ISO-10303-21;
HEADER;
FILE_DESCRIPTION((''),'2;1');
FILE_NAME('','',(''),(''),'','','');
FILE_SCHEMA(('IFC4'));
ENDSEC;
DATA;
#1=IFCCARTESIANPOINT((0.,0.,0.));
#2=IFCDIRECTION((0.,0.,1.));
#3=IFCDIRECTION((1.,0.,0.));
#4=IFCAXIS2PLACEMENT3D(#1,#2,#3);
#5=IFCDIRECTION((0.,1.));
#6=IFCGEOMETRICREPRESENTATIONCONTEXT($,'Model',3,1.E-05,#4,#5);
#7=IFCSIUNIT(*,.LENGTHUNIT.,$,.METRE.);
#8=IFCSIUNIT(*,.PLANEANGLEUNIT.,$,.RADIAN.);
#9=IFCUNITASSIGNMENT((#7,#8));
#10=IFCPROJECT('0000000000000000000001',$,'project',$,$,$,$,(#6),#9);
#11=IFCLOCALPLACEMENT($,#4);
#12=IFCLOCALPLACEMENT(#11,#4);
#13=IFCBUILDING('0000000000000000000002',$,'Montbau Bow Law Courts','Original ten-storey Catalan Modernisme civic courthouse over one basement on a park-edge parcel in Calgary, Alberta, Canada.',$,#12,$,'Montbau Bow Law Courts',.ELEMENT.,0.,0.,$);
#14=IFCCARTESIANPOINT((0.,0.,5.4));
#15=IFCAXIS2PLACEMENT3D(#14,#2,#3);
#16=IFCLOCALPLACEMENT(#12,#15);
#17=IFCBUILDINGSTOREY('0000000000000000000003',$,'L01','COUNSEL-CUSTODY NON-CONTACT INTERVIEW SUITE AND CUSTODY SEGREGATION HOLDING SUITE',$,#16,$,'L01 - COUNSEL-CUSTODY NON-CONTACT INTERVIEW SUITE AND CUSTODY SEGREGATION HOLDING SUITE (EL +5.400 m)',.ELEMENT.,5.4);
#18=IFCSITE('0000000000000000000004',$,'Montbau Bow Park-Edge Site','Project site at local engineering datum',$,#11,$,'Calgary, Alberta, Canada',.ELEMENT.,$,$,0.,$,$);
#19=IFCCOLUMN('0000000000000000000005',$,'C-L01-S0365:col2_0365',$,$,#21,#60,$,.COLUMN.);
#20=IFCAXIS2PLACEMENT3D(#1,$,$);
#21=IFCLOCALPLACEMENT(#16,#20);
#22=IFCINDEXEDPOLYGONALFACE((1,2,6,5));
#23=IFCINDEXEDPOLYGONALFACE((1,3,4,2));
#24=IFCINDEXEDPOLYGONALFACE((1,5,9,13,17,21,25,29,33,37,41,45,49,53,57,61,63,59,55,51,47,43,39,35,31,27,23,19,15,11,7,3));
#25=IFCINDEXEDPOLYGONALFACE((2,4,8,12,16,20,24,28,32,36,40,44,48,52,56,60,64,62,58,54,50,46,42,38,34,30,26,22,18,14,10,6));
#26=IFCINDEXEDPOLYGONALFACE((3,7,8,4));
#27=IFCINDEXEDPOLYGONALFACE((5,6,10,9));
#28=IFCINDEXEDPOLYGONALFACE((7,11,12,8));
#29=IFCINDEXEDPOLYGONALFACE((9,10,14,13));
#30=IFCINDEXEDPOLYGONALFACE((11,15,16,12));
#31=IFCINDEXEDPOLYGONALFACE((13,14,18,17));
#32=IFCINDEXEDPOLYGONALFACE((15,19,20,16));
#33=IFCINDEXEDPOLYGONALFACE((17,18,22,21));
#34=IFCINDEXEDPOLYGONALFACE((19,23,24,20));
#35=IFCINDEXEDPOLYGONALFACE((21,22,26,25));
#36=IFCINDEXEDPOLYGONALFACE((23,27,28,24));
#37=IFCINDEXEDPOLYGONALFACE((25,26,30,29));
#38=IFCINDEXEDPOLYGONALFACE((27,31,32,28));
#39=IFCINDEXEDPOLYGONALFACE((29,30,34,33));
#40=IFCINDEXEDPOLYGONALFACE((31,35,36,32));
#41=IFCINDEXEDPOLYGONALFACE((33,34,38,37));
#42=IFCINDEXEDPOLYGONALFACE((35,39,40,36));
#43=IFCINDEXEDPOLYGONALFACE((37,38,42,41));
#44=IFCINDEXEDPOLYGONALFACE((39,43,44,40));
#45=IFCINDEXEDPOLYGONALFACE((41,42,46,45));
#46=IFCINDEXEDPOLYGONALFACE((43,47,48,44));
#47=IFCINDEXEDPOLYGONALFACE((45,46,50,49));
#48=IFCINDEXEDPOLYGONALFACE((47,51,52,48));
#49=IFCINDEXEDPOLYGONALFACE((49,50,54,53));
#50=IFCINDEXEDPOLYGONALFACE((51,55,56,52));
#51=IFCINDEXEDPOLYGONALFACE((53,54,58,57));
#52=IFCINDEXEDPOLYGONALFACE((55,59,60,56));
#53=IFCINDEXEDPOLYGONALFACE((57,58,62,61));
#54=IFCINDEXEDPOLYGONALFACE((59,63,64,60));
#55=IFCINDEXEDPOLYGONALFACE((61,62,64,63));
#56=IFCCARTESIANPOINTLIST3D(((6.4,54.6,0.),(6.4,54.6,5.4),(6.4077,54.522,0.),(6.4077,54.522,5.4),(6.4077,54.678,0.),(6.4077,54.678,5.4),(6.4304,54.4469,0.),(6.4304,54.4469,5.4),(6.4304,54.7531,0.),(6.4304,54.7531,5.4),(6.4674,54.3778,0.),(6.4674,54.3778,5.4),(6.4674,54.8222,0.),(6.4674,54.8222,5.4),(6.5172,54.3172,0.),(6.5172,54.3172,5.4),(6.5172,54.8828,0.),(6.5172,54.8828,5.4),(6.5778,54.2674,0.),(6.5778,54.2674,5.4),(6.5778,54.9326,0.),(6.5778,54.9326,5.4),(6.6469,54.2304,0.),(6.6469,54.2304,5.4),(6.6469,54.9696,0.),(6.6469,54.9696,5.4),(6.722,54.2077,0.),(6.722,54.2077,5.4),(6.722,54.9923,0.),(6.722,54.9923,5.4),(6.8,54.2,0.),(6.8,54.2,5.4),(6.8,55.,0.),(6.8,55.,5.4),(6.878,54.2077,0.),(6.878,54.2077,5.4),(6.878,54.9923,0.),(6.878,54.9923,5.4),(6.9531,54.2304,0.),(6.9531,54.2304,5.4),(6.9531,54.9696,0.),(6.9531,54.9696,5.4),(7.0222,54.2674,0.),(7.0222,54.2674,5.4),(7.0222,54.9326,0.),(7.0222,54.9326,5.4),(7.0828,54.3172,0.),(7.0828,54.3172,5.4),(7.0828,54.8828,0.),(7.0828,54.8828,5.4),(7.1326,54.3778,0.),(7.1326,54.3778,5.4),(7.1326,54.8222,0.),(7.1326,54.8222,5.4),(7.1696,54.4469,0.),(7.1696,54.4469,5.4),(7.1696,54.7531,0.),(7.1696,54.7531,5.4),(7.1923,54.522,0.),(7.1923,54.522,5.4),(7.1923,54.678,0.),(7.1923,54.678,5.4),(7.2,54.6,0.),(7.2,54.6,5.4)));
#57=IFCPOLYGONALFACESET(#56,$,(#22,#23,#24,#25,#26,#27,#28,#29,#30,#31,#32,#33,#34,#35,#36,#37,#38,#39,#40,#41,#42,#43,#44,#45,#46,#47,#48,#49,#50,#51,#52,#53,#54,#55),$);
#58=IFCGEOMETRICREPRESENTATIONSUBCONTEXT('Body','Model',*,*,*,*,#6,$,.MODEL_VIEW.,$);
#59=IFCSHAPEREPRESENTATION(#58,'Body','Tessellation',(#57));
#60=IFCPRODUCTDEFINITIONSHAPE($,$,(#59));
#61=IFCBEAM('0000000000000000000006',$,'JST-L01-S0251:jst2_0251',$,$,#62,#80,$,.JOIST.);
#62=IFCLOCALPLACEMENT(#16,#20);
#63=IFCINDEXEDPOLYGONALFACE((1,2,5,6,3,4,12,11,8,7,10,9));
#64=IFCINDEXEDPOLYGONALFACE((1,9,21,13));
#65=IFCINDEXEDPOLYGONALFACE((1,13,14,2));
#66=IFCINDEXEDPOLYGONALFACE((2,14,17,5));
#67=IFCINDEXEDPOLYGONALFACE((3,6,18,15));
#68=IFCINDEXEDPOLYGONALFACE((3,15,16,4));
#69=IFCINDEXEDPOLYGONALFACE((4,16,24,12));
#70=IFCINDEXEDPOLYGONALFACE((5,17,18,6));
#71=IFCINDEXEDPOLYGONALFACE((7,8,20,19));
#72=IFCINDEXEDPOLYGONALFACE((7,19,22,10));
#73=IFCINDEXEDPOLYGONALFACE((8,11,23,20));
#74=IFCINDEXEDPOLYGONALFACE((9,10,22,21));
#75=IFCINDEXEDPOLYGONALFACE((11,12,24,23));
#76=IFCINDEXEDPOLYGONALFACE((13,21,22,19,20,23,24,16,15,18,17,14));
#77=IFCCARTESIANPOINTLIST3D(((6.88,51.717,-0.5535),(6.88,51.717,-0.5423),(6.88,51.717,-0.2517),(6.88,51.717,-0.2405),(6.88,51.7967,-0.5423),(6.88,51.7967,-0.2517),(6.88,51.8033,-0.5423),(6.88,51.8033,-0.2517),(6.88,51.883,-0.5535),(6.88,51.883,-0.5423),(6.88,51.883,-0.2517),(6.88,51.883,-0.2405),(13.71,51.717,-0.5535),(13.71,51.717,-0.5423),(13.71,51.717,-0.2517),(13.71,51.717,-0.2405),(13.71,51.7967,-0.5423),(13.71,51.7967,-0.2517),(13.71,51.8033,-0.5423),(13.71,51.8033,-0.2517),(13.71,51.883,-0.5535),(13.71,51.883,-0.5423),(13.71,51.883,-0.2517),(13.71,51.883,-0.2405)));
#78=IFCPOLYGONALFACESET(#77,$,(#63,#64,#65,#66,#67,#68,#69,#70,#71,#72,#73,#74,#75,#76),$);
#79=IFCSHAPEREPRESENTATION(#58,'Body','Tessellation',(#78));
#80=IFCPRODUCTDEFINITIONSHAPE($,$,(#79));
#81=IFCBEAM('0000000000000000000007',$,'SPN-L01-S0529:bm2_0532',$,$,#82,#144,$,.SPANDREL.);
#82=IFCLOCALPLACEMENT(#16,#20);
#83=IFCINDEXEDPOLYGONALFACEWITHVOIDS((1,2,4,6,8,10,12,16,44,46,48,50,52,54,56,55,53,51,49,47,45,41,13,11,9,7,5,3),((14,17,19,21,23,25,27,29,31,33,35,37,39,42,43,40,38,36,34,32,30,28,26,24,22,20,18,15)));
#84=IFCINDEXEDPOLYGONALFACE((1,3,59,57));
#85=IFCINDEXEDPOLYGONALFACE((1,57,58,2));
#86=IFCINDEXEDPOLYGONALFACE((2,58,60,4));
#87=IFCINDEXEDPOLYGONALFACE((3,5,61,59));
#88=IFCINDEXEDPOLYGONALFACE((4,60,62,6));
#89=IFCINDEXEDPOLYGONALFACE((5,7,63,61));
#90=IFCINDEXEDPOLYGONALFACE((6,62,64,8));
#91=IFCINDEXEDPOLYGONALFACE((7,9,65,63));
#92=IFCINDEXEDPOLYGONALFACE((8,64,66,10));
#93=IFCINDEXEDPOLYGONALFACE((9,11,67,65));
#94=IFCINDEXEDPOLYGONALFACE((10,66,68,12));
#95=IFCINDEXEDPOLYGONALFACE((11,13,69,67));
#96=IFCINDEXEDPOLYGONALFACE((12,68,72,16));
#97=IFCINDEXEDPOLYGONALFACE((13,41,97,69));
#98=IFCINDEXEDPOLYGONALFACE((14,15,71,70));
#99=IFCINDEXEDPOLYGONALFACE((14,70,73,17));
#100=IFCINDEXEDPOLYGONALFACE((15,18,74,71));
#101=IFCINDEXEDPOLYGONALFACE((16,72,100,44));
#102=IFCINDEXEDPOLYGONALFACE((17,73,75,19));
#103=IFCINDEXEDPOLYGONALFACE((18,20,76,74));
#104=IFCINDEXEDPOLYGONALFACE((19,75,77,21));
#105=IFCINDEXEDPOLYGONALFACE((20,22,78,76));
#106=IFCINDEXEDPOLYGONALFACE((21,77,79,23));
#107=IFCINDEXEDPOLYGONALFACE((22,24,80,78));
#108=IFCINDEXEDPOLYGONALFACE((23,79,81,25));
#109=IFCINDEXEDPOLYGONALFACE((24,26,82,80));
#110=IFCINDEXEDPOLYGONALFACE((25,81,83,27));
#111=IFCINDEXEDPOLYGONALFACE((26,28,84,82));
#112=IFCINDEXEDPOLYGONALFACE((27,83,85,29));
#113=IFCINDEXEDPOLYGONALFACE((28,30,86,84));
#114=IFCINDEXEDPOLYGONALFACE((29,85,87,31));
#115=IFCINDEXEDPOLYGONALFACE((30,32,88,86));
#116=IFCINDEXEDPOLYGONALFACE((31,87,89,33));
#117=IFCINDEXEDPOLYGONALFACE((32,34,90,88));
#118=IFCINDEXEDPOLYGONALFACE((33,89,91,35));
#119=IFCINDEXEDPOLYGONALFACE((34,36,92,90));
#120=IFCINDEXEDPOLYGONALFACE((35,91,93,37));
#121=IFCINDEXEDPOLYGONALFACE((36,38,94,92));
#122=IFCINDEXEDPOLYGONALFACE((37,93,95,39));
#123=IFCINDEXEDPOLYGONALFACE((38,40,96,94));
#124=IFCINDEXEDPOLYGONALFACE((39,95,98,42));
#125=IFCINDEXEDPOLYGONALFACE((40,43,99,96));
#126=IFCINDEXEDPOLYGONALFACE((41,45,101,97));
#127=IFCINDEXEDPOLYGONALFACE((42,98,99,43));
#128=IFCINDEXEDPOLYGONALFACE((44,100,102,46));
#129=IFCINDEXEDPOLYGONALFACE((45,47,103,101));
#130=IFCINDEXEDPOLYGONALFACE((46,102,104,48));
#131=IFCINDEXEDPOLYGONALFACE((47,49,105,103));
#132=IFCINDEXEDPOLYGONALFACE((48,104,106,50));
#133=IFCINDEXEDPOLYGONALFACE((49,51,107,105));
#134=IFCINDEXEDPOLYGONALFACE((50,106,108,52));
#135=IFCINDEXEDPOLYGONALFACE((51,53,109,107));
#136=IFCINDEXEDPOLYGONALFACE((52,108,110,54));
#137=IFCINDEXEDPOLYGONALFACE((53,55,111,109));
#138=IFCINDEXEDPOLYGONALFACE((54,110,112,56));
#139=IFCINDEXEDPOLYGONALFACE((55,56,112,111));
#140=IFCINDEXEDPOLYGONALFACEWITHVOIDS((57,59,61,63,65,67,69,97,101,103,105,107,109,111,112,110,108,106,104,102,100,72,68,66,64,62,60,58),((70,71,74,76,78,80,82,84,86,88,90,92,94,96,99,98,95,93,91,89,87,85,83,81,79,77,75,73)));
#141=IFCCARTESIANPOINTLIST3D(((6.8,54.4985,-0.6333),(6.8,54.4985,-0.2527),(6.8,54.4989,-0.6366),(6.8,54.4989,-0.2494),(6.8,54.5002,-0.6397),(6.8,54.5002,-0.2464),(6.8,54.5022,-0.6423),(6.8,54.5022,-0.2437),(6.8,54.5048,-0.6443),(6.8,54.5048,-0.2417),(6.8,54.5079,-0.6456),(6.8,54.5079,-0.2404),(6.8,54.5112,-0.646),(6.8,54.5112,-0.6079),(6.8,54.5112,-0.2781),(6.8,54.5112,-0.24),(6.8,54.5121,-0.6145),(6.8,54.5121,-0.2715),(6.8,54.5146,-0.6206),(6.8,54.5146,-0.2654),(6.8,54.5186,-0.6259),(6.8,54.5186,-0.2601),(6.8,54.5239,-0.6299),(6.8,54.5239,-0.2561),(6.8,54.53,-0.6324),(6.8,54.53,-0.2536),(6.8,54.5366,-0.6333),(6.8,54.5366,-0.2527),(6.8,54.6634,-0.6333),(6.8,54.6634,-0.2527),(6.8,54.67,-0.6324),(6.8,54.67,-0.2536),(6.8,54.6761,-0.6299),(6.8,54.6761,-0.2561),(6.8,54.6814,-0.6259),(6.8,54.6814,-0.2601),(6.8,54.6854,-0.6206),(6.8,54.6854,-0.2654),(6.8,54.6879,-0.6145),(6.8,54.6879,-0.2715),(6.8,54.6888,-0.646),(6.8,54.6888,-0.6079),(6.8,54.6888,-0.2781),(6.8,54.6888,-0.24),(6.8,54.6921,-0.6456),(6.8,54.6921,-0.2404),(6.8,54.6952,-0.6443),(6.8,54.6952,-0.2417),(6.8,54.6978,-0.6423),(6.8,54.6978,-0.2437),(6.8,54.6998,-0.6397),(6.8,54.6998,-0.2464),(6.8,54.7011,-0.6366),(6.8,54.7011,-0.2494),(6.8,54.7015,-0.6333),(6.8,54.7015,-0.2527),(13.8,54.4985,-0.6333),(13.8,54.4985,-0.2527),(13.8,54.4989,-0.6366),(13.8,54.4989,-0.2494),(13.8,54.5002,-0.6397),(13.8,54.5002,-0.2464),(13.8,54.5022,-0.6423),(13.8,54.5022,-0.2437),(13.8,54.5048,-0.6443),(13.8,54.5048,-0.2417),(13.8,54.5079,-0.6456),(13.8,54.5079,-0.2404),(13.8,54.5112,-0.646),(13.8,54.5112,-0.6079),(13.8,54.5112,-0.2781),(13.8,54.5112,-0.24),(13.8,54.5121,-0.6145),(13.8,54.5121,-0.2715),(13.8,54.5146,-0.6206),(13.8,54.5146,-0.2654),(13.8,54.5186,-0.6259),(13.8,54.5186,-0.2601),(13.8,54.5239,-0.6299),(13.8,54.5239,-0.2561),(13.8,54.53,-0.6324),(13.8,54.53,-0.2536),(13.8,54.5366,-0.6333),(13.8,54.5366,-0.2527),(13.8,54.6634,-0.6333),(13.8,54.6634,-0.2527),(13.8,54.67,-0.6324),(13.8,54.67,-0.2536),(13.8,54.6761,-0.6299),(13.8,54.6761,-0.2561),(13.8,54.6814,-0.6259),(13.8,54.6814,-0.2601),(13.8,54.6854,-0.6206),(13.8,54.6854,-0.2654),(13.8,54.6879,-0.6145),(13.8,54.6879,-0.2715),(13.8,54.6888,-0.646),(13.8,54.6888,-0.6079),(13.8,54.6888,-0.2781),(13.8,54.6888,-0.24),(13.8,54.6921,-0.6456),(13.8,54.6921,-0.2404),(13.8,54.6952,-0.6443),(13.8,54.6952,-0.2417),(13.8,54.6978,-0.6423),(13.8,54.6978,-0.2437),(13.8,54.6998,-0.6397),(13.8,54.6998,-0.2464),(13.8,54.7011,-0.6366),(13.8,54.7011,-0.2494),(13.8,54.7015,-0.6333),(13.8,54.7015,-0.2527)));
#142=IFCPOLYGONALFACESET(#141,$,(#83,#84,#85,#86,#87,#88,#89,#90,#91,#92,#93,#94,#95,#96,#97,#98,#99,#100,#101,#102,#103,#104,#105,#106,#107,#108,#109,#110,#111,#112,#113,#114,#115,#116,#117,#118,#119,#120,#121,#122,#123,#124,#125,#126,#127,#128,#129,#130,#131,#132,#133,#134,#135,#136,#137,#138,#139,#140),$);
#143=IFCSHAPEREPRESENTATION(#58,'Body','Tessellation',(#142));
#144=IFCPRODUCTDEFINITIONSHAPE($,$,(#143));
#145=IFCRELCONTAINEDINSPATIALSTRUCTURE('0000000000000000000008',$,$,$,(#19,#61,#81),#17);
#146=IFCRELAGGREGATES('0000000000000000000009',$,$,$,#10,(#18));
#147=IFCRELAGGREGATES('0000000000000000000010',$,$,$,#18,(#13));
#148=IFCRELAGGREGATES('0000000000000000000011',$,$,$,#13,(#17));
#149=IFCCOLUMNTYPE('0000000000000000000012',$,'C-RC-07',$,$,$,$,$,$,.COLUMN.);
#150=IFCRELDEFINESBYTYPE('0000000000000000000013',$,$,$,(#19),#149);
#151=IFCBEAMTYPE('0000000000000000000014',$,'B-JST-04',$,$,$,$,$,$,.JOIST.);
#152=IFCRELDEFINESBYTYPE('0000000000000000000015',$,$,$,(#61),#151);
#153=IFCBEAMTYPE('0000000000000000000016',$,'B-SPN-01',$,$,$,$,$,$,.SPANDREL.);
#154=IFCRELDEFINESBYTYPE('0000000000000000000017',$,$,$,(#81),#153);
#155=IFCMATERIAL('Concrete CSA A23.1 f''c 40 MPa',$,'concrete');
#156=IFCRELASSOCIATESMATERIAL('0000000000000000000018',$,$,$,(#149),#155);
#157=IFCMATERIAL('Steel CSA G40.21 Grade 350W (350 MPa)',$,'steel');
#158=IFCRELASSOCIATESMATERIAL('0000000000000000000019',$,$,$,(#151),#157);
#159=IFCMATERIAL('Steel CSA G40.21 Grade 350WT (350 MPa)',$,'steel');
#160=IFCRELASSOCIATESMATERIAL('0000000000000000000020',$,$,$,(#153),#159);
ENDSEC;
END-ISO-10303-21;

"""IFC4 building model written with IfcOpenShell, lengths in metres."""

from ifc_helpers import new_model, si_unit, direction, frame, origin_with_axes, origin_2d_with_axis, place, context, subcontext, project, spatial, hollow_rectangle, circle, i_section, extrude, material, material_profile, profile_set, type_object, element, save


model = new_model("IFC4")

# Units and contexts
model_context = context("Model", 3, precision=1e-05, world=origin_with_axes(), true_north=direction((0.0, 1.0)))
body_context = subcontext(model_context, "Body", "Model", "MODEL_VIEW")
ifc_project = project(units=[si_unit("LENGTHUNIT", "METRE"), si_unit("PLANEANGLEUNIT", "RADIAN")], contexts=[model_context])

# Site, building, storey
site_placement = place(None, origin_with_axes())
site = spatial("IfcSite", under=ifc_project, at=site_placement, Name="Montbau Bow Park-Edge Site", Description="Project site at local engineering datum", LongName="Calgary, Alberta, Canada", CompositionType="ELEMENT", RefElevation=0.0)
building_placement = place(site_placement, origin_with_axes())
building = spatial("IfcBuilding", under=site, at=building_placement, Name="Montbau Bow Law Courts", Description="Original ten-storey Catalan Modernisme civic courthouse over one basement on a park-edge parcel in Calgary, Alberta, Canada.", LongName="Montbau Bow Law Courts", CompositionType="ELEMENT", ElevationOfRefHeight=0.0, ElevationOfTerrain=0.0)
storey_placement = place(building_placement, frame((0.0, 0.0, 5.4), z_axis=(0.0, 0.0, 1.0), x_axis=(1.0, 0.0, 0.0)))
storey = spatial("IfcBuildingStorey", under=building, at=storey_placement, Name="L01", Description="COUNSEL-CUSTODY NON-CONTACT INTERVIEW SUITE AND CUSTODY SEGREGATION HOLDING SUITE", LongName="L01 - COUNSEL-CUSTODY NON-CONTACT INTERVIEW SUITE AND CUSTODY SEGREGATION HOLDING SUITE (EL +5.400 m)", CompositionType="ELEMENT", Elevation=5.4)

# Column
ifc_material_1 = material(Name="Concrete CSA A23.1 f'c 40 MPa", Category="concrete")
ifc_material_profile_1 = material_profile(ifc_material_1, circle(Radius=0.4, at=origin_2d_with_axis()), Name="RC800D", Category="Main", Priority=0)
ifc_profile_set_1 = profile_set([ifc_material_profile_1], Name="Concrete CSA A23.1 f'c 40 MPa")
column_type = type_object("IfcColumnType", Name="C-RC-07", PredefinedType="COLUMN", material=ifc_profile_set_1)
column_placement = place(None, frame((6.8, 54.6, 5.4), z_axis=(0.0, 0.0, 1.0), x_axis=(1.0, 0.0, 0.0)))
element("IfcColumn", 1, at=column_placement, inside=storey, type_object=column_type, Name="C-L01-S0365:col2_0365", PredefinedType="COLUMN", context=body_context, shape_type="SweptSolid", body=[
    extrude(circle(Radius=0.4, at=origin_2d_with_axis()), origin_with_axes(), (0.0, 0.0, 1.0), 5.4),
])

# Beams
ifc_material_2 = material(Name="Steel CSA G40.21 Grade 350W (350 MPa)", Category="steel")
ifc_material_profile_2 = material_profile(ifc_material_2, i_section(OverallWidth=0.166, OverallDepth=0.313, WebThickness=0.0066, FlangeThickness=0.0112, at=origin_2d_with_axis()), Name="W310X45", Category="Main", Priority=0)
ifc_profile_set_2 = profile_set([ifc_material_profile_2], Name="Steel CSA G40.21 Grade 350W (350 MPa)")
beam_type_1 = type_object("IfcBeamType", Name="B-JST-04", PredefinedType="JOIST", material=ifc_profile_set_2)
beam_1_placement = place(None, frame((6.88, 51.8, 5.003), z_axis=(1.0, 0.0, 0.0), x_axis=(0.0, 1.0, 0.0)))
element("IfcBeam", 2, at=beam_1_placement, inside=storey, type_object=beam_type_1, Name="JST-L01-S0251:jst2_0251", PredefinedType="JOIST", context=body_context, shape_type="SweptSolid", body=[
    extrude(i_section(OverallWidth=0.166, OverallDepth=0.313, WebThickness=0.0066, FlangeThickness=0.0112, at=origin_2d_with_axis()), origin_with_axes(), (0.0, 0.0, 1.0), 6.83),
])
ifc_material_3 = material(Name="Steel CSA G40.21 Grade 350WT (350 MPa)", Category="steel")
ifc_material_profile_3 = material_profile(ifc_material_3, hollow_rectangle(XDim=0.203, YDim=0.406, WallThickness=0.0127, InnerFilletRadius=0.0254, OuterFilletRadius=0.0127, at=origin_2d_with_axis()), Name="HSS406X203X13", Category="Main", Priority=0)
ifc_profile_set_3 = profile_set([ifc_material_profile_3], Name="Steel CSA G40.21 Grade 350WT (350 MPa)")
beam_type_2 = type_object("IfcBeamType", Name="B-SPN-01", PredefinedType="SPANDREL", material=ifc_profile_set_3)
beam_2_placement = place(None, frame((6.8, 54.6, 4.957), z_axis=(1.0, 0.0, 0.0), x_axis=(0.0, 1.0, 0.0)))
element("IfcBeam", 3, at=beam_2_placement, inside=storey, type_object=beam_type_2, Name="SPN-L01-S0529:bm2_0532", PredefinedType="SPANDREL", context=body_context, shape_type="SweptSolid", body=[
    extrude(hollow_rectangle(XDim=0.203, YDim=0.406, WallThickness=0.0127, InnerFilletRadius=0.0254, OuterFilletRadius=0.0127, at=origin_2d_with_axis()), origin_with_axes(), (0.0, 0.0, 1.0), 7.0),
])

save(model, "model.ifc")
